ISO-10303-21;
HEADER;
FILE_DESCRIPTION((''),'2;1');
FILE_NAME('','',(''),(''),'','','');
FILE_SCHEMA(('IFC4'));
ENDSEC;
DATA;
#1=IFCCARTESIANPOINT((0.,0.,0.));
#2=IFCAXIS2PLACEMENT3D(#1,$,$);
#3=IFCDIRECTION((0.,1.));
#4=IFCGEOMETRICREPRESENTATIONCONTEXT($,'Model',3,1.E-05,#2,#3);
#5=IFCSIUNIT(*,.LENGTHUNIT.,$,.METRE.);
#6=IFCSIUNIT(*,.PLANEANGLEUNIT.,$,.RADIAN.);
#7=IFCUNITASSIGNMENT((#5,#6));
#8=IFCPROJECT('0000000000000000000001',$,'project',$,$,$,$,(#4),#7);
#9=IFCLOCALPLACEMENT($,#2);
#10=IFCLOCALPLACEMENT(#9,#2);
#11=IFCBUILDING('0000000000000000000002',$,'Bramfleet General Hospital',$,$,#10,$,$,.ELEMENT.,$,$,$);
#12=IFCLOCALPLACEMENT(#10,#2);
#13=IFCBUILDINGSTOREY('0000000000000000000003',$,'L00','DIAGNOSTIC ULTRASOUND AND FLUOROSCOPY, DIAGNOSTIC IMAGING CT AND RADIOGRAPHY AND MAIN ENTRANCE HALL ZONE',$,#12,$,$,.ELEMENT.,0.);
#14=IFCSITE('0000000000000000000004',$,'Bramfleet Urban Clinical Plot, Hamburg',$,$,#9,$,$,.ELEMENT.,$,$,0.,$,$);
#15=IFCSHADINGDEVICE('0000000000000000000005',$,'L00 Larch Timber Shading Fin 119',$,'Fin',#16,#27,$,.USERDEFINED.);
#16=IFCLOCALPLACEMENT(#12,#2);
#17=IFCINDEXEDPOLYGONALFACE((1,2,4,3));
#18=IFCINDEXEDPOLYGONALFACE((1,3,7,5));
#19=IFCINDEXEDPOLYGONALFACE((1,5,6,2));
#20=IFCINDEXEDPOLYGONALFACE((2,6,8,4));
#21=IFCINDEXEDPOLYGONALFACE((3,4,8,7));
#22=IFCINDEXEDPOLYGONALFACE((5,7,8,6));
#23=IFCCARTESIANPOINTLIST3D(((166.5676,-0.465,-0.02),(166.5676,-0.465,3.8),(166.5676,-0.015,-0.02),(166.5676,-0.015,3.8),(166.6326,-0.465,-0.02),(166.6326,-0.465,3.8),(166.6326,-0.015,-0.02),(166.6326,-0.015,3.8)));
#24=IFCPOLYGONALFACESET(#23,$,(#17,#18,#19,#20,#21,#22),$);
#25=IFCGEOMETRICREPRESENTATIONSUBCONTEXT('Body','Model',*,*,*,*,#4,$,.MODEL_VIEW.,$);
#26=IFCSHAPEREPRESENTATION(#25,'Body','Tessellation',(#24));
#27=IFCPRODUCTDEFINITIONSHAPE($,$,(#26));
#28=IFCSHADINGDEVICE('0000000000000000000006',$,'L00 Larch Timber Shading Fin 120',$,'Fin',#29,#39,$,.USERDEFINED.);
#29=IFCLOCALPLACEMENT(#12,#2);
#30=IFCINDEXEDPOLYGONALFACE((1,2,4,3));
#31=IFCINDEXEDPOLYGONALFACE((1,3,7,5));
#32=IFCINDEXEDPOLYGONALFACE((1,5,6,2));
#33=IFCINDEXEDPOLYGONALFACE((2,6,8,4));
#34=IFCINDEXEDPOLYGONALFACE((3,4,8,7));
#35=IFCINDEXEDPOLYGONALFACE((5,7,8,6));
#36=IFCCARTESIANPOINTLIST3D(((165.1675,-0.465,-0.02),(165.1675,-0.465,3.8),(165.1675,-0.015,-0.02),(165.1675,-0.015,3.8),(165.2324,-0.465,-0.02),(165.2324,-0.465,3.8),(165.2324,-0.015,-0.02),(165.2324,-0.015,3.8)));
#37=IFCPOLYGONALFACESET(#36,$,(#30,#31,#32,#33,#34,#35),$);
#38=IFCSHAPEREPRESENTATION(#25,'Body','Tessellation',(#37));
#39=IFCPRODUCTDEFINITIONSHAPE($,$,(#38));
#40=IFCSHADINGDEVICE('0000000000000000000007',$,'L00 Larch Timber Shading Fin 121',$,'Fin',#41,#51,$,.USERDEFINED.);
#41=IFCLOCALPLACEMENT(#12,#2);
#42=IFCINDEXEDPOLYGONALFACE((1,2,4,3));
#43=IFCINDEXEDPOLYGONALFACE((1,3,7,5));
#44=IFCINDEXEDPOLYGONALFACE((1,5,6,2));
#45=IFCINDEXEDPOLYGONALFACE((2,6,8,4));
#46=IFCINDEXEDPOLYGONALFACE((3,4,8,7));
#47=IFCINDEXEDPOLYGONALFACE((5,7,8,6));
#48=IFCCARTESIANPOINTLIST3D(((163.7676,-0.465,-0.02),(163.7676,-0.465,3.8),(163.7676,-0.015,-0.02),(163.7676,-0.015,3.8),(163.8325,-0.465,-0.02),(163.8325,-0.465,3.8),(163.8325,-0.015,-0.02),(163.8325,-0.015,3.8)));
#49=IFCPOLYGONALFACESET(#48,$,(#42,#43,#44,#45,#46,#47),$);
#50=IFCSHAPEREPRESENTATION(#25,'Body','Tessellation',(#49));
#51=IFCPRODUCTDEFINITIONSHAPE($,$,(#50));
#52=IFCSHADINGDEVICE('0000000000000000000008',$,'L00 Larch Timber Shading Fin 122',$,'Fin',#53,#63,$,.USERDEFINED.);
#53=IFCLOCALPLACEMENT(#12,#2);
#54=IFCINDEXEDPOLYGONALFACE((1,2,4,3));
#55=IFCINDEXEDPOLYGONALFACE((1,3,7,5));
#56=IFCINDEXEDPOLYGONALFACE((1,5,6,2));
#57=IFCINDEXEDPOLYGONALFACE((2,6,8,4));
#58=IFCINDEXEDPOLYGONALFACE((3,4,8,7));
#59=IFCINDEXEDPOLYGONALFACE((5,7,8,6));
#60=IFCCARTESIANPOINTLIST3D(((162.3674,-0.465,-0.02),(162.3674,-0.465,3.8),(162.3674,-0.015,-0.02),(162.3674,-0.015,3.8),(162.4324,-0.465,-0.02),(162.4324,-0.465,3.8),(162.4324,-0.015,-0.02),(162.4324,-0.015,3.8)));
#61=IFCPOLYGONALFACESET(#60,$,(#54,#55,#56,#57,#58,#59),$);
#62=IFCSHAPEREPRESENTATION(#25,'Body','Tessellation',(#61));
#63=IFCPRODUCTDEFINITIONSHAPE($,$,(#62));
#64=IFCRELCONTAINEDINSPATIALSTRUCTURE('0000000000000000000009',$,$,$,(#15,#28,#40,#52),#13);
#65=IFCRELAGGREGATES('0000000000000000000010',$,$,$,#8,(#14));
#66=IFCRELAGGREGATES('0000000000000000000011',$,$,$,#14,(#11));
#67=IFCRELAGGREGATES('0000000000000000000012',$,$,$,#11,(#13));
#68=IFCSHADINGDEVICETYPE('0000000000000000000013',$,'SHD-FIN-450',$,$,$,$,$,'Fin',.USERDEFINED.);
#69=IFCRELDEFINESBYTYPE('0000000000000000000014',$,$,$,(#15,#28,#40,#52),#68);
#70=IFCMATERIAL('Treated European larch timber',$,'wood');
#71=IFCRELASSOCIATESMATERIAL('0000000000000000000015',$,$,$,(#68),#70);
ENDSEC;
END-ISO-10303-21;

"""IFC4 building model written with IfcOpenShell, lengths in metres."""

from ifc_helpers import new_model, si_unit, direction, frame, origin, origin_2d, place, context, subcontext, project, spatial, rectangle, extrude, material, material_profile, profile_set, type_object, element, save


model = new_model("IFC4")

# Units and contexts
model_context = context("Model", 3, precision=1e-05, world=origin(), true_north=direction((0.0, 1.0)))
body_context = subcontext(model_context, "Body", "Model", "MODEL_VIEW")
ifc_project = project(units=[si_unit("LENGTHUNIT", "METRE"), si_unit("PLANEANGLEUNIT", "RADIAN")], contexts=[model_context])

# Site, building, storey
site_placement = place(None, origin())
site = spatial("IfcSite", under=ifc_project, at=site_placement, Name="Bramfleet Urban Clinical Plot, Hamburg", CompositionType="ELEMENT", RefElevation=0.0)
building_placement = place(site_placement, origin())
building = spatial("IfcBuilding", under=site, at=building_placement, Name="Bramfleet General Hospital", CompositionType="ELEMENT")
storey_placement = place(building_placement, origin())
storey = spatial("IfcBuildingStorey", under=building, at=storey_placement, Name="L00", Description="DIAGNOSTIC ULTRASOUND AND FLUOROSCOPY, DIAGNOSTIC IMAGING CT AND RADIOGRAPHY AND MAIN ENTRANCE HALL ZONE", CompositionType="ELEMENT", Elevation=0.0)

# Shading devices
ifc_material_1 = material(Name="Treated European larch timber", Category="wood")
ifc_material_profile_1 = material_profile(ifc_material_1, rectangle(XDim=0.0649, YDim=0.45, at=origin_2d()), Name="LARCH FIN 450x65")
ifc_profile_set_1 = profile_set([ifc_material_profile_1], Name="Treated European larch timber")
shading_device_type = type_object("IfcShadingDeviceType", Name="SHD-FIN-450", ElementType="Fin", PredefinedType="USERDEFINED", material=ifc_profile_set_1)
for number, where, z_axis, x_axis, name in (
    (1, (166.6001, -0.24, -0.02), (0.0, 0.0, 1.0), (-1.0, 0.0, 0.0), "L00 Larch Timber Shading Fin 119"),
    (2, (165.2, -0.24, -0.02), (0.0, 0.0, 1.0), (-1.0, 0.0, 0.0), "L00 Larch Timber Shading Fin 120"),
    (3, (163.8, -0.24, -0.02), (0.0, 0.0, 1.0), (-1.0, 0.0, 0.0), "L00 Larch Timber Shading Fin 121"),
    (4, (162.3999, -0.24, -0.02), (0.0, 0.0, 1.0), (-1.0, 0.0, 0.0), "L00 Larch Timber Shading Fin 122"),
):
    element("IfcShadingDevice", number, at=place(storey_placement, frame(where, z_axis=z_axis, x_axis=x_axis)), inside=storey, type_object=shading_device_type, Name=name, ObjectType="Fin", PredefinedType="USERDEFINED", context=body_context, shape_type="SweptSolid", body=[
        extrude(rectangle(XDim=0.0649, YDim=0.45, at=origin_2d()), origin(), (0.0, 0.0, 1.0), 3.8201),
    ])

save(model, "model.ifc")
